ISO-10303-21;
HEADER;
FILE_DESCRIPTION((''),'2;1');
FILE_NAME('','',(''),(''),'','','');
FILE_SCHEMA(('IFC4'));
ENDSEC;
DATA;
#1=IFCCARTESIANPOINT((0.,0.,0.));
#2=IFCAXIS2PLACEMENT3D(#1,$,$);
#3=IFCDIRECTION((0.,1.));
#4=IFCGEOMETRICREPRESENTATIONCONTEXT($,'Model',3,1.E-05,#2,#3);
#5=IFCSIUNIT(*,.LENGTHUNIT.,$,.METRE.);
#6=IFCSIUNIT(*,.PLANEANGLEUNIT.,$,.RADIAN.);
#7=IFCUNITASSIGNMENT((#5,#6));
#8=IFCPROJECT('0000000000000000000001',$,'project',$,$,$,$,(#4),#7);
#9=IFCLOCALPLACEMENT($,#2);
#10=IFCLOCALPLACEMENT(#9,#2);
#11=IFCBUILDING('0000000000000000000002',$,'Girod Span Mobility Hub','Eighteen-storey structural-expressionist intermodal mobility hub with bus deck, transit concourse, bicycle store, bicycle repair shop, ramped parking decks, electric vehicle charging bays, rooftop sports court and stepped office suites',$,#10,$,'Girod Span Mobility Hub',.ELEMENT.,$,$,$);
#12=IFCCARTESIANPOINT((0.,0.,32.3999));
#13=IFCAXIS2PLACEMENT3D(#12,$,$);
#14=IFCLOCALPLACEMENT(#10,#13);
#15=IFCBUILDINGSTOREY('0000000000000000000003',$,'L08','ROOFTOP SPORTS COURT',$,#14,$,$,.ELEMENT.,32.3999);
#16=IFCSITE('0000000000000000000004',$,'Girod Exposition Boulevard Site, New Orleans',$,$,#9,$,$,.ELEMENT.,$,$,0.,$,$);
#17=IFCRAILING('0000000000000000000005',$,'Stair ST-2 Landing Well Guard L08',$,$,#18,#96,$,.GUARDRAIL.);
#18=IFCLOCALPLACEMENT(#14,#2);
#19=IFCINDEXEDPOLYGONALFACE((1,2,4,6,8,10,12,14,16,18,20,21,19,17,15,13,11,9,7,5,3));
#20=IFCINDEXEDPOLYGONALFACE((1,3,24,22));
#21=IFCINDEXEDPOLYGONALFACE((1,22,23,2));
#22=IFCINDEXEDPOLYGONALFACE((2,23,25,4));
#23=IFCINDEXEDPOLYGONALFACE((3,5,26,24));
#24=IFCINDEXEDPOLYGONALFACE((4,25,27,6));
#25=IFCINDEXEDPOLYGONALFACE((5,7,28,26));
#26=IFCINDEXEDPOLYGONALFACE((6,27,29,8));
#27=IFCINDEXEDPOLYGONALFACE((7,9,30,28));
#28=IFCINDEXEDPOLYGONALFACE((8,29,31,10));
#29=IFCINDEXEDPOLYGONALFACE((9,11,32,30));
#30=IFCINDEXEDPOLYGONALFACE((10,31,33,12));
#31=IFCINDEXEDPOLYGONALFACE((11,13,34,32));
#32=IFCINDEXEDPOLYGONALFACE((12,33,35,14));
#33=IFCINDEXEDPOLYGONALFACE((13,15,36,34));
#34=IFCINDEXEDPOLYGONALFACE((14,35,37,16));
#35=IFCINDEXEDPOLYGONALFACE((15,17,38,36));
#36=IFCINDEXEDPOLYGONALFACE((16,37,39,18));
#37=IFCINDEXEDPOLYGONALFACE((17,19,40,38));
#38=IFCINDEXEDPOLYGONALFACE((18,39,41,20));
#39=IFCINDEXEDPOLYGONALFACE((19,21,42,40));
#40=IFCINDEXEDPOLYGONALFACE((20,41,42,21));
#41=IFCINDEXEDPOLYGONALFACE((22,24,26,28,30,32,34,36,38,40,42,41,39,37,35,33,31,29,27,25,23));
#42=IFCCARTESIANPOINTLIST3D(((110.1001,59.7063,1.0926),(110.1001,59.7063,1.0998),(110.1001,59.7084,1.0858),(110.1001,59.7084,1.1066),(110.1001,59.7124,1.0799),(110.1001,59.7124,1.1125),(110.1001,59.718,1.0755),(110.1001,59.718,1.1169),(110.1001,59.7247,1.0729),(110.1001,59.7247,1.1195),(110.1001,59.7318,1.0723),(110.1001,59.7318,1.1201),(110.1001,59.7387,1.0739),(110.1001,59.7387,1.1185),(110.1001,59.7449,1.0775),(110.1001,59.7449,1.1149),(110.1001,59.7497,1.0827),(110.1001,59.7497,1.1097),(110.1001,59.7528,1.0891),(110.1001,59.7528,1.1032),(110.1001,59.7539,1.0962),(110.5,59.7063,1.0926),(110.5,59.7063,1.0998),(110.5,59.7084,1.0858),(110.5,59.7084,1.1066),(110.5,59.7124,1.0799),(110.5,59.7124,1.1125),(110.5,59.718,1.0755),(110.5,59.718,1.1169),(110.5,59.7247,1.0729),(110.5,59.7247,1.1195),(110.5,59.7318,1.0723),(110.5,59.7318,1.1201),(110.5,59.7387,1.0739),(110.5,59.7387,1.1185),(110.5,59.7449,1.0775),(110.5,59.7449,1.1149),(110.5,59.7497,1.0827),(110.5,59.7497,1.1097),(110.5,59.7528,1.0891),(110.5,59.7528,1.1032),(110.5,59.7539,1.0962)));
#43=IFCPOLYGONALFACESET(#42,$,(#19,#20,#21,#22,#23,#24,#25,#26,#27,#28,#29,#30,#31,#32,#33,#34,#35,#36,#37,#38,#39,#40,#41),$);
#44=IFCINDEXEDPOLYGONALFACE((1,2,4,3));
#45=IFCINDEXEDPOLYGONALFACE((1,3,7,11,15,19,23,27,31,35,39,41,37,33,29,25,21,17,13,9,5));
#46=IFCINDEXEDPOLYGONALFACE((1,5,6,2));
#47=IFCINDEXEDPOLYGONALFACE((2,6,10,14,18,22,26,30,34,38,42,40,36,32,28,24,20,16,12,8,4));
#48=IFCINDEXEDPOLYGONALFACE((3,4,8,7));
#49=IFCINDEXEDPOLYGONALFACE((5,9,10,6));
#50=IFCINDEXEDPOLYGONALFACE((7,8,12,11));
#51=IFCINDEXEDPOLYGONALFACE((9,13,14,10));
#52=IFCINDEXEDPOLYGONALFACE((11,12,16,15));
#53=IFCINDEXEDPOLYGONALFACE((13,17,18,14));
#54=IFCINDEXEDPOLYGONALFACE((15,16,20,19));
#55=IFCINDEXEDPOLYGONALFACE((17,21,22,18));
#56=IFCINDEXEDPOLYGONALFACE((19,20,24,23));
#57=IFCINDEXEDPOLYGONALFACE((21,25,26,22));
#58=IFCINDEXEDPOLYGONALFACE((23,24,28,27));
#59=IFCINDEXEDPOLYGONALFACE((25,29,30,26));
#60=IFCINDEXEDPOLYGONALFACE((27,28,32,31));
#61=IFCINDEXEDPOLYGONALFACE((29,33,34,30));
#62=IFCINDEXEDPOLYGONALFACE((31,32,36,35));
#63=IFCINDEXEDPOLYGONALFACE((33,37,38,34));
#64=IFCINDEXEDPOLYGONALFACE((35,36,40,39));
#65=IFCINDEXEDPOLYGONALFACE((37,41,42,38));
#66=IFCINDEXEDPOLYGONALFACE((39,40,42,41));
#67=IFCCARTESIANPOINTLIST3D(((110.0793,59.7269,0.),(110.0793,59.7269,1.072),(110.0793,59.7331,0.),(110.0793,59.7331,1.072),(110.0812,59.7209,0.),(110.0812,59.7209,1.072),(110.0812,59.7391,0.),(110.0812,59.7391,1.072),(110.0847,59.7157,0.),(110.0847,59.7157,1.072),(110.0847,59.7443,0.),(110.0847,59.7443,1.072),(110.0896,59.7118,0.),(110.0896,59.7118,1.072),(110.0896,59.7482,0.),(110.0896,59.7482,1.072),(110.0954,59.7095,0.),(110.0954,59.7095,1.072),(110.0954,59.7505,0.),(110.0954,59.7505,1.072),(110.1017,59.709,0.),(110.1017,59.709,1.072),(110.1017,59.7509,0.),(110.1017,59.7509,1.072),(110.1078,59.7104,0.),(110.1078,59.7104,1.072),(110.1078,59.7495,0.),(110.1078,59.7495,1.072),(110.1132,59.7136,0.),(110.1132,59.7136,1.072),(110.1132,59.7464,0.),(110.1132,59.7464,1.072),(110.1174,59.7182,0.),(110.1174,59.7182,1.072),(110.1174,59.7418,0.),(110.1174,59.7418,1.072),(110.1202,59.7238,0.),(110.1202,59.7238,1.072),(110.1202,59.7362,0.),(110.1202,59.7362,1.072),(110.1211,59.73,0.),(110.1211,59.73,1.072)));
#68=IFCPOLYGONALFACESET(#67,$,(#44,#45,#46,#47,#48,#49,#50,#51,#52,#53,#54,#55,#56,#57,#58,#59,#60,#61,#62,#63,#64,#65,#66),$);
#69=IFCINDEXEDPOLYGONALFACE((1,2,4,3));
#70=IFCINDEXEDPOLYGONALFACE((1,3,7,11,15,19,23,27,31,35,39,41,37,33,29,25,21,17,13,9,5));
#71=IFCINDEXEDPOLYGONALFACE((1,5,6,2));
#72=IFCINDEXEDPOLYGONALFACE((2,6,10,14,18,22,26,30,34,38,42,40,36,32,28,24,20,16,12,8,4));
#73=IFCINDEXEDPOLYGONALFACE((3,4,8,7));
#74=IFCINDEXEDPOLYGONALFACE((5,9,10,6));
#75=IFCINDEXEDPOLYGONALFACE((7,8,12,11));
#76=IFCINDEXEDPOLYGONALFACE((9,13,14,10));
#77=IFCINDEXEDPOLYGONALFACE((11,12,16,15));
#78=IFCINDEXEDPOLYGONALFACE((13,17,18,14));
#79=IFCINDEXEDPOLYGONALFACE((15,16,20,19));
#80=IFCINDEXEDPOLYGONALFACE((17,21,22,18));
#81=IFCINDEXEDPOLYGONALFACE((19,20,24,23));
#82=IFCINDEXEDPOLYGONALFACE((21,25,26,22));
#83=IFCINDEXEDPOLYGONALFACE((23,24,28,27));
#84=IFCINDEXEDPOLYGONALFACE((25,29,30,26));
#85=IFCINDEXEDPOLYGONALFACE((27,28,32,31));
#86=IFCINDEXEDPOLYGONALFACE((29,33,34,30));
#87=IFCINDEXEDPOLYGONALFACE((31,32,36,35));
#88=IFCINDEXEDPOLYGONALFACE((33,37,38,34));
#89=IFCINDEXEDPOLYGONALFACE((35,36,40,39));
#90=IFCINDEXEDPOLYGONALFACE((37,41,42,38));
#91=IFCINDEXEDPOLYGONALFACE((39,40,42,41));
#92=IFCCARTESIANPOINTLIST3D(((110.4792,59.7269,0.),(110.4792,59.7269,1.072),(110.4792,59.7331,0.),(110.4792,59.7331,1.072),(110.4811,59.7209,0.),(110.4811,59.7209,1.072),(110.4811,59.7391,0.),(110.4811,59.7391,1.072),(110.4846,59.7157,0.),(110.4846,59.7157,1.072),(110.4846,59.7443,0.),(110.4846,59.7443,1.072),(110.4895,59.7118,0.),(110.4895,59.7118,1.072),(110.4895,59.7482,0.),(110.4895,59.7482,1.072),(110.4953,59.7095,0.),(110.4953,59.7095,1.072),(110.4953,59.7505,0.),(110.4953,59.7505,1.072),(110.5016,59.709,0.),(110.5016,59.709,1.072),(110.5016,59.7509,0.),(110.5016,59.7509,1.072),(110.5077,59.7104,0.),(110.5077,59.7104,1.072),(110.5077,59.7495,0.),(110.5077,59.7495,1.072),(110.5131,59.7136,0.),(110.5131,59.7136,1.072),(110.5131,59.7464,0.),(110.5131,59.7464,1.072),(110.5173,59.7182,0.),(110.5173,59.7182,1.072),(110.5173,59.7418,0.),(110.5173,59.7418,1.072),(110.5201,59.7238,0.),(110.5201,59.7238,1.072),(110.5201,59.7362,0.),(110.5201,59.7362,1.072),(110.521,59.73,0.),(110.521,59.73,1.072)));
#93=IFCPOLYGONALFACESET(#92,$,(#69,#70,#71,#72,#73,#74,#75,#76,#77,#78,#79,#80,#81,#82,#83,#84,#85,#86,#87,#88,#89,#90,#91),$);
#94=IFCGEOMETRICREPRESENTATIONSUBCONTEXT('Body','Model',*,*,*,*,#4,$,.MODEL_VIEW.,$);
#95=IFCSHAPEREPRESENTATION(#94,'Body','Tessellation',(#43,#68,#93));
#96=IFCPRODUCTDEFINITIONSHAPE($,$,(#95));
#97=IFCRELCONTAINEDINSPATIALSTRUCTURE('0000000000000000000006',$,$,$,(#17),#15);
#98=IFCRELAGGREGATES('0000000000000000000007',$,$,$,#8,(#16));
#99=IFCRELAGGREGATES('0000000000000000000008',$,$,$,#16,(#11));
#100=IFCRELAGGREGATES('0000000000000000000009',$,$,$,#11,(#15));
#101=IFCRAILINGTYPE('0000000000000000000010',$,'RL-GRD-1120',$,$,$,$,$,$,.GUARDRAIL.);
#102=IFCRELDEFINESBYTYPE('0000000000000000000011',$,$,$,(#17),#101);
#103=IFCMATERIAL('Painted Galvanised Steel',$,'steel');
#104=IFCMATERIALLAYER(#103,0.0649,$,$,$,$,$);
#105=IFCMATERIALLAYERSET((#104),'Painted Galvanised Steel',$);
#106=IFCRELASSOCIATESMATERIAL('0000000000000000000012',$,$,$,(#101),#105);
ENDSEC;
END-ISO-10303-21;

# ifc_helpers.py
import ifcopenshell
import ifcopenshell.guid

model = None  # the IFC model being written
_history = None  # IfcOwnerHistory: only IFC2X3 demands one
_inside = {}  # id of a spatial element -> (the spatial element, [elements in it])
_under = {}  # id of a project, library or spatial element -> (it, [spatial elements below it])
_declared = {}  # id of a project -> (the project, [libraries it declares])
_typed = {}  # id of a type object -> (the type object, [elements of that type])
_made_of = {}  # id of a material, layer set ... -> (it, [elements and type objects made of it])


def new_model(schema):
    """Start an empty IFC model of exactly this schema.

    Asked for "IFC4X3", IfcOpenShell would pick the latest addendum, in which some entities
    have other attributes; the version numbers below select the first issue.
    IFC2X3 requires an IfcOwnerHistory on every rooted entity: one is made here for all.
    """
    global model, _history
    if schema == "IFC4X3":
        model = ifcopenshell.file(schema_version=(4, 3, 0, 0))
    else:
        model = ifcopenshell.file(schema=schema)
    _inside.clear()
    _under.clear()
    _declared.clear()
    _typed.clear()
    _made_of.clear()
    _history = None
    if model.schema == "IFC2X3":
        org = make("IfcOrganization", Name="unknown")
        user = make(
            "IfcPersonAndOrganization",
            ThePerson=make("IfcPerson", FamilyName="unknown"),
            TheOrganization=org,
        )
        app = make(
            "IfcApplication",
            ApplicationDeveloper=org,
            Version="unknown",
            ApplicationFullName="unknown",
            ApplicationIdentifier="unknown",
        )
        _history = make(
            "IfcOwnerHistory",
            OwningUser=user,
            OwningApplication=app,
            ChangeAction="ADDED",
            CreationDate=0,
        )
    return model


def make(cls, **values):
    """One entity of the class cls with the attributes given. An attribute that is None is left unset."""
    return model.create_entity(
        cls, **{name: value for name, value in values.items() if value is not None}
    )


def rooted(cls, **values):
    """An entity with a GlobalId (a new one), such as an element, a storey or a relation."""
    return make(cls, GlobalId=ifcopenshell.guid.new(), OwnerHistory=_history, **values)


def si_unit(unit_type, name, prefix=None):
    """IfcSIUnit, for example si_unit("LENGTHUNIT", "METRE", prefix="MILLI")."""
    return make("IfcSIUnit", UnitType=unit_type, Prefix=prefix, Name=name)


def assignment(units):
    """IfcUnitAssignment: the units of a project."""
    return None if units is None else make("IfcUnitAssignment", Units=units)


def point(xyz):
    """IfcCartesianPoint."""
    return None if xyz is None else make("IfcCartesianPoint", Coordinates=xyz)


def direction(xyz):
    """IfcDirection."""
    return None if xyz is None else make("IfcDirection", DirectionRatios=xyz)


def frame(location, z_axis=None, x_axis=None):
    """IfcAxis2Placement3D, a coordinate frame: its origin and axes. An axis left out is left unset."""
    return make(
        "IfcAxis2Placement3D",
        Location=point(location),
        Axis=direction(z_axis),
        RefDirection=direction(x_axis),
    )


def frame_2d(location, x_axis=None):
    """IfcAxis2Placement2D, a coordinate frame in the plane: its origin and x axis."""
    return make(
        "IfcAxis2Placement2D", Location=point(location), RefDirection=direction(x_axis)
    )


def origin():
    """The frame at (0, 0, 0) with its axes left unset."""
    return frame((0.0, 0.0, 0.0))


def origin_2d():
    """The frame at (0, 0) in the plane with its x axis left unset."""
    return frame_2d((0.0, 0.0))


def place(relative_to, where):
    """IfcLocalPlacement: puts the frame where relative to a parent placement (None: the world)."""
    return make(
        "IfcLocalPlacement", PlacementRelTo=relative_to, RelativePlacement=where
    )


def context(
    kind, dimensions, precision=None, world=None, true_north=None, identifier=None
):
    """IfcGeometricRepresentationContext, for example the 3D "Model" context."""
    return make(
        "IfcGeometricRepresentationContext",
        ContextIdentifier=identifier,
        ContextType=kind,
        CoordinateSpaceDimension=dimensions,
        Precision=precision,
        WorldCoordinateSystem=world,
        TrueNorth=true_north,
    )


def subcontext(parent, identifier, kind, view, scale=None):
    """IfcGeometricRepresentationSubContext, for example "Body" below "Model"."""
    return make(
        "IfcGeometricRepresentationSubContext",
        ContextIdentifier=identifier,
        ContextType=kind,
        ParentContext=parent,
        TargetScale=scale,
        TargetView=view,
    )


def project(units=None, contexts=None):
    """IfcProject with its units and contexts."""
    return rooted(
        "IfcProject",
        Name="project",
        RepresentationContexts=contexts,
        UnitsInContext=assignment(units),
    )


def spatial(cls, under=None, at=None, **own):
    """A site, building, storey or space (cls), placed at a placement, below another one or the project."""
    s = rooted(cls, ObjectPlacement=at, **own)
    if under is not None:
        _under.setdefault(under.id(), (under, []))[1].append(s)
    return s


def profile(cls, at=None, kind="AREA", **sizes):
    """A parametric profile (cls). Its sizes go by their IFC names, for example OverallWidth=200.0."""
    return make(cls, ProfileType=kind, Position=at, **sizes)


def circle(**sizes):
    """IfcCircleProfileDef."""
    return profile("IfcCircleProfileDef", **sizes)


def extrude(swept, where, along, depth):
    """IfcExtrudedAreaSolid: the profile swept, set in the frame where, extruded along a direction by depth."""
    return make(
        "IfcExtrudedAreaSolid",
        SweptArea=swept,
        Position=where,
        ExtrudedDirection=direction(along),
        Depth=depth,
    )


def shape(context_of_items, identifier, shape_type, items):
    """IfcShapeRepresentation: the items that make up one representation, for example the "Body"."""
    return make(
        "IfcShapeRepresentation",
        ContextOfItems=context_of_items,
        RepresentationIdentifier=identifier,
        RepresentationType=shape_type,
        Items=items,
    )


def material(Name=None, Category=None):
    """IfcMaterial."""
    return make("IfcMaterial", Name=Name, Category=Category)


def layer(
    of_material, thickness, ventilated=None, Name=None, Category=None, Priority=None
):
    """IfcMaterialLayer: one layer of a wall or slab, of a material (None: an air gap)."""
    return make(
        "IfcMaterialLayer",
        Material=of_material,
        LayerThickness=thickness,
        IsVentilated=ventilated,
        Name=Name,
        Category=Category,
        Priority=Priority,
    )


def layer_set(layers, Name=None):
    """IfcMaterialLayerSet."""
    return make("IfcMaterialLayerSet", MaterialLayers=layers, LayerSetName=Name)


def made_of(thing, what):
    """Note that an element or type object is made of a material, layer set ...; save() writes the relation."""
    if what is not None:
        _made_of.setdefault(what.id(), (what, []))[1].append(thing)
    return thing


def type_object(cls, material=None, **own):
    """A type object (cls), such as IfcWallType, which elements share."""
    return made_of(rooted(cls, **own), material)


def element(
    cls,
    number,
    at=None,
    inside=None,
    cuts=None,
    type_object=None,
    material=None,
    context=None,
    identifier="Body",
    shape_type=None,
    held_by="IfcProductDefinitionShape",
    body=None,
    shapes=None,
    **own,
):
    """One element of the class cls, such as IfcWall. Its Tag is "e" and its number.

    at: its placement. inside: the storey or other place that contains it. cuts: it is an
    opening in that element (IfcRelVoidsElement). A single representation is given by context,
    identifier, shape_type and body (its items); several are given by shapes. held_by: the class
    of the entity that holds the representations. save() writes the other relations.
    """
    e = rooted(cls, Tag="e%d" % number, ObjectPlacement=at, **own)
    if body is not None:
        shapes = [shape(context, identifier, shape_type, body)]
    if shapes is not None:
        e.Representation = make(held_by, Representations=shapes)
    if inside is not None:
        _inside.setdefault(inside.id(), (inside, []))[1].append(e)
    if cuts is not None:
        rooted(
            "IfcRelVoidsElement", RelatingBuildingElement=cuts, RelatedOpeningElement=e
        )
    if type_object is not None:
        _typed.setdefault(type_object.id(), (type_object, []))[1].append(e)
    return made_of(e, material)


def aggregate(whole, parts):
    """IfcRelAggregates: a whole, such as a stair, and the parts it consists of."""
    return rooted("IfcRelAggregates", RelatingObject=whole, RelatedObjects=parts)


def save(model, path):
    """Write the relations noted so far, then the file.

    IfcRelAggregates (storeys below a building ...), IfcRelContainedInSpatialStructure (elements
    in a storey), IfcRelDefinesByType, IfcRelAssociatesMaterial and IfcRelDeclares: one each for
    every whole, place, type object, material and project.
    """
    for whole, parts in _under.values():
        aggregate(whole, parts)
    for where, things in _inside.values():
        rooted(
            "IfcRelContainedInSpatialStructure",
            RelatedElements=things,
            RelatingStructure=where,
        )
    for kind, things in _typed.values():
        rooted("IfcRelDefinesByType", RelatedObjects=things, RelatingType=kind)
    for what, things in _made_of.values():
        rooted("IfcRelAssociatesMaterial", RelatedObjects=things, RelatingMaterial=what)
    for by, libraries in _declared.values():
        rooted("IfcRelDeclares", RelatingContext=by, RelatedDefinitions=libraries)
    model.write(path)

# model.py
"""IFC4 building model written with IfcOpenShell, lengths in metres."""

from ifc_helpers import new_model, si_unit, direction, frame, origin, origin_2d, place, context, subcontext, project, spatial, circle, extrude, material, layer, layer_set, type_object, element, save


model = new_model("IFC4")

# Units and contexts
model_context = context("Model", 3, precision=1e-05, world=origin(), true_north=direction((0.0, 1.0)))
body_context = subcontext(model_context, "Body", "Model", "MODEL_VIEW")
ifc_project = project(units=[si_unit("LENGTHUNIT", "METRE"), si_unit("PLANEANGLEUNIT", "RADIAN")], contexts=[model_context])

# Site, building, storey
site_placement = place(None, origin())
site = spatial("IfcSite", under=ifc_project, at=site_placement, Name="Girod Exposition Boulevard Site, New Orleans", CompositionType="ELEMENT", RefElevation=0.0)
building_placement = place(site_placement, origin())
building = spatial("IfcBuilding", under=site, at=building_placement, Name="Girod Span Mobility Hub", Description="Eighteen-storey structural-expressionist intermodal mobility hub with bus deck, transit concourse, bicycle store, bicycle repair shop, ramped parking decks, electric vehicle charging bays, rooftop sports court and stepped office suites", LongName="Girod Span Mobility Hub", CompositionType="ELEMENT")
storey_placement = place(building_placement, frame((0.0, 0.0, 32.3999)))
storey = spatial("IfcBuildingStorey", under=building, at=storey_placement, Name="L08", Description="ROOFTOP SPORTS COURT", CompositionType="ELEMENT", Elevation=32.3999)

# Railing
ifc_material_1 = material(Name="Painted Galvanised Steel", Category="steel")
ifc_layer_1 = layer(ifc_material_1, 0.0649)
ifc_layer_set_1 = layer_set([ifc_layer_1], Name="Painted Galvanised Steel")
railing_type_1 = type_object("IfcRailingType", Name="RL-GRD-1120", PredefinedType="GUARDRAIL", material=ifc_layer_set_1)
for number, where, name in (
    (1, (110.1001, 59.73, 0.0), "Stair ST-2 Landing Well Guard L08"),
):
    element("IfcRailing", number, at=place(storey_placement, frame(where)), inside=storey, type_object=railing_type_1, Name=name, PredefinedType="GUARDRAIL", context=body_context, shape_type="SweptSolid", body=[
        extrude(circle(Radius=0.0239, at=origin_2d()), frame((0.0, 0.0, 1.0962), z_axis=(1.0, 0.0, 0.0), x_axis=(0.0, 1.0, 0.0)), (0.0, 0.0, 1.0), 0.3999),
        extrude(circle(Radius=0.021, at=origin_2d()), origin(), (0.0, 0.0, 1.0), 1.072),
        extrude(circle(Radius=0.021, at=origin_2d()), frame((0.3999, 0.0, 0.0)), (0.0, 0.0, 1.0), 1.072),
    ])

save(model, "model.ifc")
